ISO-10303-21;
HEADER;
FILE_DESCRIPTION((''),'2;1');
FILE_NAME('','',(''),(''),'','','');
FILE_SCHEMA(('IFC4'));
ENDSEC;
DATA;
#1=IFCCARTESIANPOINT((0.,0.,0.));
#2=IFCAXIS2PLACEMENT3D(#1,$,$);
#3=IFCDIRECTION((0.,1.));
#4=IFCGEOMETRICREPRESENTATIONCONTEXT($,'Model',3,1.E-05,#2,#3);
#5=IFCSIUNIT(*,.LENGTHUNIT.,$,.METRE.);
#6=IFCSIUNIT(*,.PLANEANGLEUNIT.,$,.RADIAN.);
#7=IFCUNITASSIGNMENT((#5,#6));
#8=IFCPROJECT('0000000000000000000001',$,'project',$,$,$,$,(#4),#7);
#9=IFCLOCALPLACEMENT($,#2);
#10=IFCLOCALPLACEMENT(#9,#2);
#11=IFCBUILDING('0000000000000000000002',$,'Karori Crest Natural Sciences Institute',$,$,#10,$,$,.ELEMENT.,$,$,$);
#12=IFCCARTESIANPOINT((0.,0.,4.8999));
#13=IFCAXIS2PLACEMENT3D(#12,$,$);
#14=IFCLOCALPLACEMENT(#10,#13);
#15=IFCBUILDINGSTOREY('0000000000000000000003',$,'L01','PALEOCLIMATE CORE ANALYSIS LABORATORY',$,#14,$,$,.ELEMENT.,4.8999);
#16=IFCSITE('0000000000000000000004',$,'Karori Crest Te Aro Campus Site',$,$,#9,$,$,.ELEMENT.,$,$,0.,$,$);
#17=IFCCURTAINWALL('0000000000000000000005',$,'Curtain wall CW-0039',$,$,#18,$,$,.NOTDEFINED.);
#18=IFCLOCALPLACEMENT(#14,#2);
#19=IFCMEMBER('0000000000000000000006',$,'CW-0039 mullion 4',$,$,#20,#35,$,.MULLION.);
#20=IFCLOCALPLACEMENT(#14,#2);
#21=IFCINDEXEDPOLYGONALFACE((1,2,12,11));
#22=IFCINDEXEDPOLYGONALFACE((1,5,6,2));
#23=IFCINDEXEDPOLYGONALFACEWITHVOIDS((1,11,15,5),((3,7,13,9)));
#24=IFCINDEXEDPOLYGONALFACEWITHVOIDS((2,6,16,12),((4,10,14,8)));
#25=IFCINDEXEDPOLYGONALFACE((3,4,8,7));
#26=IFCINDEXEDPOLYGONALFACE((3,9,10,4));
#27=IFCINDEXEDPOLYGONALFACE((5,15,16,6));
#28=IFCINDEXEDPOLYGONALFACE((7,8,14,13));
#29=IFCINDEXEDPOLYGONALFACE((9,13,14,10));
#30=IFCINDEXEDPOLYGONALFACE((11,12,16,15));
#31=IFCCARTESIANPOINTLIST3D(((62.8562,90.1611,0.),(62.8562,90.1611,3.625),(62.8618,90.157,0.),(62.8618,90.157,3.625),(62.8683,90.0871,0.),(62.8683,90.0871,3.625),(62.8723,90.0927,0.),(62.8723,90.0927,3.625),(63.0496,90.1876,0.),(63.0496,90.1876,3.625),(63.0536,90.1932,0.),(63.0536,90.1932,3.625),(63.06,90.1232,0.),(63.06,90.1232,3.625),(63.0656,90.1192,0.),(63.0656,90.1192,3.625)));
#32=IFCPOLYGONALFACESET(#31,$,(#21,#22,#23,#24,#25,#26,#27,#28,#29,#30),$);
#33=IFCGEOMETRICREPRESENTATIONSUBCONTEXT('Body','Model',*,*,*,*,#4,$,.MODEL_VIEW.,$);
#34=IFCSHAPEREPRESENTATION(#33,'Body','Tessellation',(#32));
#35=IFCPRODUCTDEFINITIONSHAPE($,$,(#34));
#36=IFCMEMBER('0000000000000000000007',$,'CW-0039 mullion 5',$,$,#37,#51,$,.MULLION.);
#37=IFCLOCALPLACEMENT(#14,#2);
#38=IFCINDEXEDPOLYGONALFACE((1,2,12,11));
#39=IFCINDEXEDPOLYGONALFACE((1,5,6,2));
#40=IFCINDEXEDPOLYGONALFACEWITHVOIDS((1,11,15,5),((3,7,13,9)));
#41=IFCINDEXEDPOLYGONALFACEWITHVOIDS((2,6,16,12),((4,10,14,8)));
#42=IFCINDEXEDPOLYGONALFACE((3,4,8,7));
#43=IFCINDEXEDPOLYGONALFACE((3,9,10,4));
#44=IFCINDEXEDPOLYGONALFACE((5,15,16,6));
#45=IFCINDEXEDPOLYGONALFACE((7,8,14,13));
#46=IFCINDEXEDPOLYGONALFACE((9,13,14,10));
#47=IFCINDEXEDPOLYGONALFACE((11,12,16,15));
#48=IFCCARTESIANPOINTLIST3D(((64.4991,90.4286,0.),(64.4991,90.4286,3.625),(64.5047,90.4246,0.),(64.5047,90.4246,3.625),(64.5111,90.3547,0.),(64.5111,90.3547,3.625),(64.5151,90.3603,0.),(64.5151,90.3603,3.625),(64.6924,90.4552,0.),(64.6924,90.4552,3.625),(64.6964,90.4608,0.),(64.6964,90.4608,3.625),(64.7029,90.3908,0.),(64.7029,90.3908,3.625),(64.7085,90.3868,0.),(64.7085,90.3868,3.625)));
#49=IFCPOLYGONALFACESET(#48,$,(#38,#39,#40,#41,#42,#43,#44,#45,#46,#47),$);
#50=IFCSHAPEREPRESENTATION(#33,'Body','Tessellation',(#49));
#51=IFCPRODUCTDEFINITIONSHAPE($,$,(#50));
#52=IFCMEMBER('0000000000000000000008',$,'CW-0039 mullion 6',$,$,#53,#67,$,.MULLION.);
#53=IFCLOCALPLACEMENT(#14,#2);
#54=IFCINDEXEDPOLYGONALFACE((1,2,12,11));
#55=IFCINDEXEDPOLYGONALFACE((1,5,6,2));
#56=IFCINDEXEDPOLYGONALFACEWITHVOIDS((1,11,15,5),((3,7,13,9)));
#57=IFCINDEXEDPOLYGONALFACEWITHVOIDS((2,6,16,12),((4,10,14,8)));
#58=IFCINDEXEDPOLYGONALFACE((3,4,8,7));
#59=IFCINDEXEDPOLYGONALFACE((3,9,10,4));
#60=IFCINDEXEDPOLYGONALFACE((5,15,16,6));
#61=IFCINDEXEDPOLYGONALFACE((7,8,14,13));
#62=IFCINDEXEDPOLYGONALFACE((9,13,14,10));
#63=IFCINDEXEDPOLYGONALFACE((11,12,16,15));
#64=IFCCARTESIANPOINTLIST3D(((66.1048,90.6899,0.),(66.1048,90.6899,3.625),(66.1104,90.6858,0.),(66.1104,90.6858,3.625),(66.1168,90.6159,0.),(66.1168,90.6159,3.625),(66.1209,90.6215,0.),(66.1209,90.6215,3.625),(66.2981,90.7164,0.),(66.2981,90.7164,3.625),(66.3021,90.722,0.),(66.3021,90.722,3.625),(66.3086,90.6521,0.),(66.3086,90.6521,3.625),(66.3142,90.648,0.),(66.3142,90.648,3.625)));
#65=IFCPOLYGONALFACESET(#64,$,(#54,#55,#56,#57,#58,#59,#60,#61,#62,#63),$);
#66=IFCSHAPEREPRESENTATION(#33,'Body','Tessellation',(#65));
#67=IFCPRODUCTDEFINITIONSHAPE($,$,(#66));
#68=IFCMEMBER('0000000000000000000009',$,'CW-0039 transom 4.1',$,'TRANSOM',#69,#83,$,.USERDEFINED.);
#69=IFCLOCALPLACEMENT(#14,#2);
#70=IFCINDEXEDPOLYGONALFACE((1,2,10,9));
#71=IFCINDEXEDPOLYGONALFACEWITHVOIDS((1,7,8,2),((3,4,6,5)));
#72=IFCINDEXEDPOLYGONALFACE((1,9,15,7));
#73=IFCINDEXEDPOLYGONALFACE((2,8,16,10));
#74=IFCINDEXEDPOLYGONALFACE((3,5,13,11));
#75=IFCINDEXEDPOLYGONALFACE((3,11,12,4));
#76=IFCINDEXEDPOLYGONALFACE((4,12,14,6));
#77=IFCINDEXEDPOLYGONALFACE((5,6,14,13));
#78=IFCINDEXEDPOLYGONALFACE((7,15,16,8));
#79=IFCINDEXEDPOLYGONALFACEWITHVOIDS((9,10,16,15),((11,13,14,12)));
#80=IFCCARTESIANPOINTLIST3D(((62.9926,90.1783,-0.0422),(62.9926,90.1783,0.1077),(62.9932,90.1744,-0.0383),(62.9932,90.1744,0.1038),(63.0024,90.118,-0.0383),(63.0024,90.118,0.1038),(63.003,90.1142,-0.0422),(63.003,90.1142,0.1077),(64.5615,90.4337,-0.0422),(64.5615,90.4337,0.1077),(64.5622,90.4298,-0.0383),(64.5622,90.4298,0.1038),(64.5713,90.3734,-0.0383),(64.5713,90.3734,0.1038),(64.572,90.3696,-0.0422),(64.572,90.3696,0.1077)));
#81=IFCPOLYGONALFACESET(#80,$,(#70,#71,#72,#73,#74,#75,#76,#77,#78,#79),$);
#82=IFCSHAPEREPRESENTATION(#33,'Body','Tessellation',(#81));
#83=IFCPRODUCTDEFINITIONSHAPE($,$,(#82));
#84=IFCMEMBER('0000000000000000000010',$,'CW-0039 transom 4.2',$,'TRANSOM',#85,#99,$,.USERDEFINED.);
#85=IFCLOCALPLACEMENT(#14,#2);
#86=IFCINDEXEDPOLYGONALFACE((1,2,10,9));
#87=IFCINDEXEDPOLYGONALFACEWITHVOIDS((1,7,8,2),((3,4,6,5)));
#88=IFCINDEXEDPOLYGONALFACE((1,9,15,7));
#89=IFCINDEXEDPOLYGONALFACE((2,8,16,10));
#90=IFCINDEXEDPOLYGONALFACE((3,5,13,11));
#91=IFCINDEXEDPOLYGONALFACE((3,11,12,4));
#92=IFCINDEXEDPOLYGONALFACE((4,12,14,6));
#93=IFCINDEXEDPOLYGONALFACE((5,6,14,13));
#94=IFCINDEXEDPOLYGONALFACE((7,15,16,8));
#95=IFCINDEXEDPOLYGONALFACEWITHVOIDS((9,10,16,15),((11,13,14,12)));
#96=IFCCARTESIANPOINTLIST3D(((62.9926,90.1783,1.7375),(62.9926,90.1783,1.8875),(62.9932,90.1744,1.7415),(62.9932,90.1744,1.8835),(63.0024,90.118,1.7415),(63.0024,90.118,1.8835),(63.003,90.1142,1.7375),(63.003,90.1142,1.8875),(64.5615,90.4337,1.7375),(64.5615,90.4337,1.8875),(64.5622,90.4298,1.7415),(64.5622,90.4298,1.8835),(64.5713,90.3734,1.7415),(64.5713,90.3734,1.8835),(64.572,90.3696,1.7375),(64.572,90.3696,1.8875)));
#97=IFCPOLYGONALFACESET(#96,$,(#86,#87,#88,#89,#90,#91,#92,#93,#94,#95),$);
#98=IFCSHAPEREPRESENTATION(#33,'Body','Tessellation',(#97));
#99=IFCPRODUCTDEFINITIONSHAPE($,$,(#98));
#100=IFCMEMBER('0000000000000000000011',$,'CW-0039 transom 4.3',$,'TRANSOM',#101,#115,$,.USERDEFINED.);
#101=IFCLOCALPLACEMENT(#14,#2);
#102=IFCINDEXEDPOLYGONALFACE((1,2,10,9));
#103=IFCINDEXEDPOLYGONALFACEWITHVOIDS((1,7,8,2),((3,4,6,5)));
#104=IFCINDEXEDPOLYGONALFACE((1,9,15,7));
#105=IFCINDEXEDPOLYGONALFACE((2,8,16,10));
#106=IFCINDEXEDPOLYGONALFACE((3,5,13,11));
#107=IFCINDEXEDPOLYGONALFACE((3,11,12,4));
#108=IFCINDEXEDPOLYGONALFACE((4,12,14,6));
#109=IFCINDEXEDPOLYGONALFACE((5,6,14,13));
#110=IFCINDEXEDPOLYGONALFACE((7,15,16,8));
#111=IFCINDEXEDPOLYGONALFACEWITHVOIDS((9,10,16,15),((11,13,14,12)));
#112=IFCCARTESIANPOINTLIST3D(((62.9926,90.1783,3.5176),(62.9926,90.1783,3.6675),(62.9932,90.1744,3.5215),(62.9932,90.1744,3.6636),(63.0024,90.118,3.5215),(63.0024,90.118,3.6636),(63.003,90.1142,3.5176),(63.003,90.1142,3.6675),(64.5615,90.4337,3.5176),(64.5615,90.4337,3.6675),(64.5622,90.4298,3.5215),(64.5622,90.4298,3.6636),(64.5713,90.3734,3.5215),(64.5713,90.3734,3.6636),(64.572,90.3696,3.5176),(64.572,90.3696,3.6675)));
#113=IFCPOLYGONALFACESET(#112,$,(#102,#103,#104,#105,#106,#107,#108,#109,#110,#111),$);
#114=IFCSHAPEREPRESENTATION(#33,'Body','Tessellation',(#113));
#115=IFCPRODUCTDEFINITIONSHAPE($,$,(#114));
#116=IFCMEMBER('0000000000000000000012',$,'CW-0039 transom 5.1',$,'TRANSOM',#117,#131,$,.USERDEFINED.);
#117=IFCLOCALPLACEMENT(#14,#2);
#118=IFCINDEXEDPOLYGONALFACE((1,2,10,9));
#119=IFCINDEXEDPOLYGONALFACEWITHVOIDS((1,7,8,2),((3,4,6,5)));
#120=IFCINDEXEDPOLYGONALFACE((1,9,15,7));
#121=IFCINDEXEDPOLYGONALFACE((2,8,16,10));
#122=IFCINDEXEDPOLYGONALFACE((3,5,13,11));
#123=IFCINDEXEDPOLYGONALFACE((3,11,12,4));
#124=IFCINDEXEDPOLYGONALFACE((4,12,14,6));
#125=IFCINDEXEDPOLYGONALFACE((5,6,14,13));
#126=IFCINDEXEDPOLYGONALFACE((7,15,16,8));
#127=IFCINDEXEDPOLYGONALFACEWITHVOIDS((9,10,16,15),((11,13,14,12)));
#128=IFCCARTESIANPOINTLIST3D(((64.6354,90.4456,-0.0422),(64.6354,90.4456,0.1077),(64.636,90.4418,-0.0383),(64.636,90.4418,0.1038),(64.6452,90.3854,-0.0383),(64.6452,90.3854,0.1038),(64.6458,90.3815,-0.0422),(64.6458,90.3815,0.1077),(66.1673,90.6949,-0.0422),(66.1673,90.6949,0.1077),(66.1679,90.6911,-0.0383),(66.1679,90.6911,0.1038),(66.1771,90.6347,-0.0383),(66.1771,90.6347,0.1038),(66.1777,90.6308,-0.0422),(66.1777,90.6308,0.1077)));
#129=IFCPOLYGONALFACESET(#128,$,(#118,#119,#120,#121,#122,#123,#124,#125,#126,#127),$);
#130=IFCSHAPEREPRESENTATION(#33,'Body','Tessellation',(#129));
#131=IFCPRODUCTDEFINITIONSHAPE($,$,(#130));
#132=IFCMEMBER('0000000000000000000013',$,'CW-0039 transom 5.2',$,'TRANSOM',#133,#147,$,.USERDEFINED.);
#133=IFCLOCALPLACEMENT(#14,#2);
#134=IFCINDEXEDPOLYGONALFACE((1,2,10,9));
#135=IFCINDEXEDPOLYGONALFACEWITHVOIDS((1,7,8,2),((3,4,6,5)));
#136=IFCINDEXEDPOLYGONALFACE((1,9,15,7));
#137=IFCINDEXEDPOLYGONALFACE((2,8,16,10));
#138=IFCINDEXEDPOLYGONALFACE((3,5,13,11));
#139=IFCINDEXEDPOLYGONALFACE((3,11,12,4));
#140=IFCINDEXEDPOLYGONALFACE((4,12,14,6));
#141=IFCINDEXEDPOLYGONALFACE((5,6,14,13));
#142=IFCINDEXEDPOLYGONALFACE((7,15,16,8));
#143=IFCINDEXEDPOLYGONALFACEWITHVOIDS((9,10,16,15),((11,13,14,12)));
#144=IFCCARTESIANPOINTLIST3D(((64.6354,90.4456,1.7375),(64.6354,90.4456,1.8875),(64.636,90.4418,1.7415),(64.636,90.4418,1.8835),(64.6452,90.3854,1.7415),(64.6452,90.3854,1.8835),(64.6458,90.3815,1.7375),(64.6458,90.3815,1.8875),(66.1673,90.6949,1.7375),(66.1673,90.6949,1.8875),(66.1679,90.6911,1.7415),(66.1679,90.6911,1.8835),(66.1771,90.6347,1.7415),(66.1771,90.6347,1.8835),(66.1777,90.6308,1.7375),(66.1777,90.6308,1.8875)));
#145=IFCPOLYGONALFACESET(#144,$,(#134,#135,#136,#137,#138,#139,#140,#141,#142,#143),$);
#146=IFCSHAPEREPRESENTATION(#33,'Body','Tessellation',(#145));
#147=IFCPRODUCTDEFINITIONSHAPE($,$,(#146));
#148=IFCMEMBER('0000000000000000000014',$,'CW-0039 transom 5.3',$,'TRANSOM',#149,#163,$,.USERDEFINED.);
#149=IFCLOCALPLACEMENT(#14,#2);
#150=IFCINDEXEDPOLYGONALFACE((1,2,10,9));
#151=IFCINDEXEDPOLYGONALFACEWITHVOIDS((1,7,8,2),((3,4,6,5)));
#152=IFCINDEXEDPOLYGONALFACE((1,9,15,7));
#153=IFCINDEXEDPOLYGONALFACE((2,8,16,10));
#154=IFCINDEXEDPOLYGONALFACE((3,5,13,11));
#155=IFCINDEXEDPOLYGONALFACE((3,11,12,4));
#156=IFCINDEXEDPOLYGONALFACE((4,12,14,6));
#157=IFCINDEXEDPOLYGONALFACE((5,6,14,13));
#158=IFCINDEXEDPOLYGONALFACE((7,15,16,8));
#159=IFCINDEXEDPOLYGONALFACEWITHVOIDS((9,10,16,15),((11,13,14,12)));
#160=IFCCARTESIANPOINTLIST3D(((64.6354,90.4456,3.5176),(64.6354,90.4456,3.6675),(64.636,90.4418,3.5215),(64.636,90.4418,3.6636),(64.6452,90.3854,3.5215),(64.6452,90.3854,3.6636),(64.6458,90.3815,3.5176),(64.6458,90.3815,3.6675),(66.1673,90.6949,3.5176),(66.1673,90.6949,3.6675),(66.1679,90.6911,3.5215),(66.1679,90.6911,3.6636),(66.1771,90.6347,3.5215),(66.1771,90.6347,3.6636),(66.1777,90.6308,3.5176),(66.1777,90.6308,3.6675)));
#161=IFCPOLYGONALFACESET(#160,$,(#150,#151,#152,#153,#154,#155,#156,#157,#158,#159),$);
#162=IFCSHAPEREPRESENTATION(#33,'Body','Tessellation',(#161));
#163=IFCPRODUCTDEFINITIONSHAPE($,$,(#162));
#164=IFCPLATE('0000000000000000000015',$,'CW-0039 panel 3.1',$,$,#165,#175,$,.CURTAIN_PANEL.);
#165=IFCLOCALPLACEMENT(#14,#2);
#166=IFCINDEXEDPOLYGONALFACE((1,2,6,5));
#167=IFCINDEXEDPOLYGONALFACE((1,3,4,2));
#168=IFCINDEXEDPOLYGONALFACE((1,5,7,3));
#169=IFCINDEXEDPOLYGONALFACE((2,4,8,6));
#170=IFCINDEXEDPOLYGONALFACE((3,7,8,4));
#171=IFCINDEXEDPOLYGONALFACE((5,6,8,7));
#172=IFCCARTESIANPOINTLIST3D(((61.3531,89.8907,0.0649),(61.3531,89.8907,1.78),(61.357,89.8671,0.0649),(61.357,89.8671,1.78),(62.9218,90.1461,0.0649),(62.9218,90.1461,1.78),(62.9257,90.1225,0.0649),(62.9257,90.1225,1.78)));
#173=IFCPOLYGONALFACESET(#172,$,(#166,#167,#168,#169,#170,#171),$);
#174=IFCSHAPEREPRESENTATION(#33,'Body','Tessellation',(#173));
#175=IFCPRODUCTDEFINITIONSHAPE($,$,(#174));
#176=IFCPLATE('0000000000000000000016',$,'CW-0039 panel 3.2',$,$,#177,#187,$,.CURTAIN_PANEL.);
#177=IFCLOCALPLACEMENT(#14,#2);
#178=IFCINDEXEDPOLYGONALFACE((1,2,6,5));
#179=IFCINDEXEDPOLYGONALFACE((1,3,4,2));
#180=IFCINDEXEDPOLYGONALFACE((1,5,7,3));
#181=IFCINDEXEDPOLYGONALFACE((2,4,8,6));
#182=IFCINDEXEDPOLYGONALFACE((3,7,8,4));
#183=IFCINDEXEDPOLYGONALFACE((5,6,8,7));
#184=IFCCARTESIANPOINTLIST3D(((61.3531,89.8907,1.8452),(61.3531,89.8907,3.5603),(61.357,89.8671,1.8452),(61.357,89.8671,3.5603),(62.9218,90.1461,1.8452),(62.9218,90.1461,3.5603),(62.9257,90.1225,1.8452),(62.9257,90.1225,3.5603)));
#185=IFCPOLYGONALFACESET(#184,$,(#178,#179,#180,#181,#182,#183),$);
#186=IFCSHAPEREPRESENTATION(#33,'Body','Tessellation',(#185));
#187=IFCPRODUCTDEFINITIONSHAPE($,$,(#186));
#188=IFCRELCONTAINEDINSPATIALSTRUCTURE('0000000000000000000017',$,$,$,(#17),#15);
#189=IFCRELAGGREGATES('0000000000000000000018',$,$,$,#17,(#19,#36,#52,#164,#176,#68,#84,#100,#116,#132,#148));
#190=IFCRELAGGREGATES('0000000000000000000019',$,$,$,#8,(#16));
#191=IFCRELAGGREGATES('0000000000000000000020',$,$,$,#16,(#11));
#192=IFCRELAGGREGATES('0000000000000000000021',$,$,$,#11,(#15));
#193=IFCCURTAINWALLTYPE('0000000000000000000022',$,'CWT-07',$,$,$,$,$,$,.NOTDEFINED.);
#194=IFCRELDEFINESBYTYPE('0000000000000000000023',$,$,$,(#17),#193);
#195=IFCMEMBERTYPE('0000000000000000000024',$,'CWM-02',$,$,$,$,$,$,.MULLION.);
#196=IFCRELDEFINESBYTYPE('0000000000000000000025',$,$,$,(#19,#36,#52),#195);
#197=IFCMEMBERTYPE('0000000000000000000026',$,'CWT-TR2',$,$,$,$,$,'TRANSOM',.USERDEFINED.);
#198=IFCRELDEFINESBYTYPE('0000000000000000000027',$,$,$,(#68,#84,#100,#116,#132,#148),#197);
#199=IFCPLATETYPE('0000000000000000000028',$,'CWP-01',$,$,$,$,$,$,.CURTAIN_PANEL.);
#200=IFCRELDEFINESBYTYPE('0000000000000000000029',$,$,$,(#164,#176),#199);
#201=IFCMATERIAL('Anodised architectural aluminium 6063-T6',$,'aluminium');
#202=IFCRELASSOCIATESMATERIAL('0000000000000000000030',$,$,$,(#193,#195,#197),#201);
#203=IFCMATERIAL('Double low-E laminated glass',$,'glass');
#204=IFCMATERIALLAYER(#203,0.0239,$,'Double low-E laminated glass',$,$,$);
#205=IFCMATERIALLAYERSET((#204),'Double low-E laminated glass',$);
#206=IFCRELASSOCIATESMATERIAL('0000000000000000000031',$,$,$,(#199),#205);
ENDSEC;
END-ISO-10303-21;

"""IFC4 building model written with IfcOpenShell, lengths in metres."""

from ifc_helpers import new_model, si_unit, direction, frame, origin, origin_2d, place, context, subcontext, project, spatial, rectangle, hollow_rectangle, extrude, material, layer, layer_set, material_profile, profile_set, type_object, element, aggregate, save


model = new_model("IFC4")

# Units and contexts
model_context = context("Model", 3, precision=1e-05, world=origin(), true_north=direction((0.0, 1.0)))
body_context = subcontext(model_context, "Body", "Model", "MODEL_VIEW")
ifc_project = project(units=[si_unit("LENGTHUNIT", "METRE"), si_unit("PLANEANGLEUNIT", "RADIAN")], contexts=[model_context])

# Site, building, storey
site_placement = place(None, origin())
site = spatial("IfcSite", under=ifc_project, at=site_placement, Name="Karori Crest Te Aro Campus Site", CompositionType="ELEMENT", RefElevation=0.0)
building_placement = place(site_placement, origin())
building = spatial("IfcBuilding", under=site, at=building_placement, Name="Karori Crest Natural Sciences Institute", CompositionType="ELEMENT")
storey_placement = place(building_placement, frame((0.0, 0.0, 4.8999)))
storey = spatial("IfcBuildingStorey", under=building, at=storey_placement, Name="L01", Description="PALEOCLIMATE CORE ANALYSIS LABORATORY", CompositionType="ELEMENT", Elevation=4.8999)

# Curtain wall, members, plates
ifc_material_1 = material(Name="Anodised architectural aluminium 6063-T6", Category="aluminium")
curtain_wall_type = type_object("IfcCurtainWallType", Name="CWT-07", PredefinedType="NOTDEFINED", material=ifc_material_1)
curtain_wall_placement = place(storey_placement, origin())
curtain_wall = element("IfcCurtainWall", 1, at=curtain_wall_placement, inside=storey, type_object=curtain_wall_type, Name="Curtain wall CW-0039", PredefinedType="NOTDEFINED")
ifc_material_profile_1 = material_profile(ifc_material_1, hollow_rectangle(XDim=0.075, YDim=0.2, WallThickness=0.0049, at=origin_2d()), Name="CWM200x75x5")
ifc_profile_set_1 = profile_set([ifc_material_profile_1], Name="Anodised architectural aluminium 6063-T6")
member_type_1 = type_object("IfcMemberType", Name="CWM-02", PredefinedType="MULLION", material=ifc_profile_set_1)
member_1_placement = place(storey_placement, frame((62.9609, 90.1401, 0.0), z_axis=(0.0, 0.0, 1.0), x_axis=(-0.160657, 0.98701, 0.0)))
member_1 = element("IfcMember", 2, at=member_1_placement, type_object=member_type_1, Name="CW-0039 mullion 4", PredefinedType="MULLION", context=body_context, shape_type="SweptSolid", body=[
    extrude(hollow_rectangle(XDim=0.075, YDim=0.2, WallThickness=0.0049, at=origin_2d()), origin(), (0.0, 0.0, 1.0), 3.625),
])
member_2_placement = place(storey_placement, frame((64.6038, 90.4077, 0.0), z_axis=(0.0, 0.0, 1.0), x_axis=(-0.160657, 0.98701, 0.0)))
member_2 = element("IfcMember", 3, at=member_2_placement, type_object=member_type_1, Name="CW-0039 mullion 5", PredefinedType="MULLION", context=body_context, shape_type="SweptSolid", body=[
    extrude(hollow_rectangle(XDim=0.075, YDim=0.2, WallThickness=0.0049, at=origin_2d()), origin(), (0.0, 0.0, 1.0), 3.625),
])
member_3_placement = place(storey_placement, frame((66.2095, 90.6689, 0.0), z_axis=(0.0, 0.0, 1.0), x_axis=(-0.160657, 0.98701, 0.0)))
member_3 = element("IfcMember", 4, at=member_3_placement, type_object=member_type_1, Name="CW-0039 mullion 6", PredefinedType="MULLION", context=body_context, shape_type="SweptSolid", body=[
    extrude(hollow_rectangle(XDim=0.075, YDim=0.2, WallThickness=0.0049, at=origin_2d()), origin(), (0.0, 0.0, 1.0), 3.625),
])
ifc_material_profile_2 = material_profile(ifc_material_1, hollow_rectangle(XDim=0.0649, YDim=0.1499, WallThickness=0.0039, at=origin_2d()), Name="CWT150x65x4")
ifc_profile_set_2 = profile_set([ifc_material_profile_2], Name="Anodised architectural aluminium 6063-T6")
member_type_2 = type_object("IfcMemberType", Name="CWT-TR2", ElementType="TRANSOM", PredefinedType="USERDEFINED", material=ifc_profile_set_2)
member_4_placement = place(storey_placement, frame((62.9978, 90.1462, 0.0327), z_axis=(0.98701, 0.160662, 0.0), x_axis=(-0.160662, 0.98701, 0.0)))
member_4 = element("IfcMember", 5, at=member_4_placement, type_object=member_type_2, Name="CW-0039 transom 4.1", ObjectType="TRANSOM", PredefinedType="USERDEFINED", context=body_context, shape_type="SweptSolid", body=[
    extrude(hollow_rectangle(XDim=0.0649, YDim=0.1499, WallThickness=0.0039, at=origin_2d()), origin(), (0.0, 0.0, 1.0), 1.5896),
])
member_5_placement = place(storey_placement, frame((62.9978, 90.1462, 1.8125), z_axis=(0.98701, 0.160662, 0.0), x_axis=(-0.160662, 0.98701, 0.0)))
member_5 = element("IfcMember", 6, at=member_5_placement, type_object=member_type_2, Name="CW-0039 transom 4.2", ObjectType="TRANSOM", PredefinedType="USERDEFINED", context=body_context, shape_type="SweptSolid", body=[
    extrude(hollow_rectangle(XDim=0.0649, YDim=0.1499, WallThickness=0.0039, at=origin_2d()), origin(), (0.0, 0.0, 1.0), 1.5896),
])
member_6_placement = place(storey_placement, frame((62.9978, 90.1462, 3.5925), z_axis=(0.98701, 0.160662, 0.0), x_axis=(-0.160662, 0.98701, 0.0)))
member_6 = element("IfcMember", 7, at=member_6_placement, type_object=member_type_2, Name="CW-0039 transom 4.3", ObjectType="TRANSOM", PredefinedType="USERDEFINED", context=body_context, shape_type="SweptSolid", body=[
    extrude(hollow_rectangle(XDim=0.0649, YDim=0.1499, WallThickness=0.0039, at=origin_2d()), origin(), (0.0, 0.0, 1.0), 1.5896),
])
member_7_placement = place(storey_placement, frame((64.6406, 90.4136, 0.0327), z_axis=(0.987016, 0.160622, 0.0), x_axis=(-0.160622, 0.987016, 0.0)))
member_7 = element("IfcMember", 8, at=member_7_placement, type_object=member_type_2, Name="CW-0039 transom 5.1", ObjectType="TRANSOM", PredefinedType="USERDEFINED", context=body_context, shape_type="SweptSolid", body=[
    extrude(hollow_rectangle(XDim=0.0649, YDim=0.1499, WallThickness=0.0039, at=origin_2d()), origin(), (0.0, 0.0, 1.0), 1.552),
])
member_8_placement = place(storey_placement, frame((64.6406, 90.4136, 1.8125), z_axis=(0.987016, 0.160622, 0.0), x_axis=(-0.160622, 0.987016, 0.0)))
member_8 = element("IfcMember", 9, at=member_8_placement, type_object=member_type_2, Name="CW-0039 transom 5.2", ObjectType="TRANSOM", PredefinedType="USERDEFINED", context=body_context, shape_type="SweptSolid", body=[
    extrude(hollow_rectangle(XDim=0.0649, YDim=0.1499, WallThickness=0.0039, at=origin_2d()), origin(), (0.0, 0.0, 1.0), 1.552),
])
member_9_placement = place(storey_placement, frame((64.6406, 90.4136, 3.5925), z_axis=(0.987016, 0.160622, 0.0), x_axis=(-0.160622, 0.987016, 0.0)))
member_9 = element("IfcMember", 10, at=member_9_placement, type_object=member_type_2, Name="CW-0039 transom 5.3", ObjectType="TRANSOM", PredefinedType="USERDEFINED", context=body_context, shape_type="SweptSolid", body=[
    extrude(hollow_rectangle(XDim=0.0649, YDim=0.1499, WallThickness=0.0039, at=origin_2d()), origin(), (0.0, 0.0, 1.0), 1.552),
])
ifc_material_2 = material(Name="Double low-E laminated glass", Category="glass")
ifc_layer_1 = layer(ifc_material_2, 0.0239, Name="Double low-E laminated glass")
ifc_layer_set_1 = layer_set([ifc_layer_1], Name="Double low-E laminated glass")
plate_type = type_object("IfcPlateType", Name="CWP-01", PredefinedType="CURTAIN_PANEL", material=ifc_layer_set_1)
plate_1_placement = place(storey_placement, frame((62.1394, 90.0066, 0.0649), z_axis=(0.0, 0.0, 1.0), x_axis=(0.98701, 0.160657, 0.0)))
plate_1 = element("IfcPlate", 11, at=plate_1_placement, type_object=plate_type, Name="CW-0039 panel 3.1", PredefinedType="CURTAIN_PANEL", context=body_context, shape_type="SweptSolid", body=[
    extrude(rectangle(XDim=1.5894, YDim=0.0239, at=origin_2d()), origin(), (0.0, 0.0, 1.0), 1.7151),
])
plate_2_placement = place(storey_placement, frame((62.1394, 90.0066, 1.8452), z_axis=(0.0, 0.0, 1.0), x_axis=(0.98701, 0.160657, 0.0)))
plate_2 = element("IfcPlate", 12, at=plate_2_placement, type_object=plate_type, Name="CW-0039 panel 3.2", PredefinedType="CURTAIN_PANEL", context=body_context, shape_type="SweptSolid", body=[
    extrude(rectangle(XDim=1.5894, YDim=0.0239, at=origin_2d()), origin(), (0.0, 0.0, 1.0), 1.7151),
])
aggregate(curtain_wall, [member_1, member_2, member_3, plate_1, plate_2, member_4, member_5, member_6, member_7, member_8, member_9])

save(model, "model.ifc")
